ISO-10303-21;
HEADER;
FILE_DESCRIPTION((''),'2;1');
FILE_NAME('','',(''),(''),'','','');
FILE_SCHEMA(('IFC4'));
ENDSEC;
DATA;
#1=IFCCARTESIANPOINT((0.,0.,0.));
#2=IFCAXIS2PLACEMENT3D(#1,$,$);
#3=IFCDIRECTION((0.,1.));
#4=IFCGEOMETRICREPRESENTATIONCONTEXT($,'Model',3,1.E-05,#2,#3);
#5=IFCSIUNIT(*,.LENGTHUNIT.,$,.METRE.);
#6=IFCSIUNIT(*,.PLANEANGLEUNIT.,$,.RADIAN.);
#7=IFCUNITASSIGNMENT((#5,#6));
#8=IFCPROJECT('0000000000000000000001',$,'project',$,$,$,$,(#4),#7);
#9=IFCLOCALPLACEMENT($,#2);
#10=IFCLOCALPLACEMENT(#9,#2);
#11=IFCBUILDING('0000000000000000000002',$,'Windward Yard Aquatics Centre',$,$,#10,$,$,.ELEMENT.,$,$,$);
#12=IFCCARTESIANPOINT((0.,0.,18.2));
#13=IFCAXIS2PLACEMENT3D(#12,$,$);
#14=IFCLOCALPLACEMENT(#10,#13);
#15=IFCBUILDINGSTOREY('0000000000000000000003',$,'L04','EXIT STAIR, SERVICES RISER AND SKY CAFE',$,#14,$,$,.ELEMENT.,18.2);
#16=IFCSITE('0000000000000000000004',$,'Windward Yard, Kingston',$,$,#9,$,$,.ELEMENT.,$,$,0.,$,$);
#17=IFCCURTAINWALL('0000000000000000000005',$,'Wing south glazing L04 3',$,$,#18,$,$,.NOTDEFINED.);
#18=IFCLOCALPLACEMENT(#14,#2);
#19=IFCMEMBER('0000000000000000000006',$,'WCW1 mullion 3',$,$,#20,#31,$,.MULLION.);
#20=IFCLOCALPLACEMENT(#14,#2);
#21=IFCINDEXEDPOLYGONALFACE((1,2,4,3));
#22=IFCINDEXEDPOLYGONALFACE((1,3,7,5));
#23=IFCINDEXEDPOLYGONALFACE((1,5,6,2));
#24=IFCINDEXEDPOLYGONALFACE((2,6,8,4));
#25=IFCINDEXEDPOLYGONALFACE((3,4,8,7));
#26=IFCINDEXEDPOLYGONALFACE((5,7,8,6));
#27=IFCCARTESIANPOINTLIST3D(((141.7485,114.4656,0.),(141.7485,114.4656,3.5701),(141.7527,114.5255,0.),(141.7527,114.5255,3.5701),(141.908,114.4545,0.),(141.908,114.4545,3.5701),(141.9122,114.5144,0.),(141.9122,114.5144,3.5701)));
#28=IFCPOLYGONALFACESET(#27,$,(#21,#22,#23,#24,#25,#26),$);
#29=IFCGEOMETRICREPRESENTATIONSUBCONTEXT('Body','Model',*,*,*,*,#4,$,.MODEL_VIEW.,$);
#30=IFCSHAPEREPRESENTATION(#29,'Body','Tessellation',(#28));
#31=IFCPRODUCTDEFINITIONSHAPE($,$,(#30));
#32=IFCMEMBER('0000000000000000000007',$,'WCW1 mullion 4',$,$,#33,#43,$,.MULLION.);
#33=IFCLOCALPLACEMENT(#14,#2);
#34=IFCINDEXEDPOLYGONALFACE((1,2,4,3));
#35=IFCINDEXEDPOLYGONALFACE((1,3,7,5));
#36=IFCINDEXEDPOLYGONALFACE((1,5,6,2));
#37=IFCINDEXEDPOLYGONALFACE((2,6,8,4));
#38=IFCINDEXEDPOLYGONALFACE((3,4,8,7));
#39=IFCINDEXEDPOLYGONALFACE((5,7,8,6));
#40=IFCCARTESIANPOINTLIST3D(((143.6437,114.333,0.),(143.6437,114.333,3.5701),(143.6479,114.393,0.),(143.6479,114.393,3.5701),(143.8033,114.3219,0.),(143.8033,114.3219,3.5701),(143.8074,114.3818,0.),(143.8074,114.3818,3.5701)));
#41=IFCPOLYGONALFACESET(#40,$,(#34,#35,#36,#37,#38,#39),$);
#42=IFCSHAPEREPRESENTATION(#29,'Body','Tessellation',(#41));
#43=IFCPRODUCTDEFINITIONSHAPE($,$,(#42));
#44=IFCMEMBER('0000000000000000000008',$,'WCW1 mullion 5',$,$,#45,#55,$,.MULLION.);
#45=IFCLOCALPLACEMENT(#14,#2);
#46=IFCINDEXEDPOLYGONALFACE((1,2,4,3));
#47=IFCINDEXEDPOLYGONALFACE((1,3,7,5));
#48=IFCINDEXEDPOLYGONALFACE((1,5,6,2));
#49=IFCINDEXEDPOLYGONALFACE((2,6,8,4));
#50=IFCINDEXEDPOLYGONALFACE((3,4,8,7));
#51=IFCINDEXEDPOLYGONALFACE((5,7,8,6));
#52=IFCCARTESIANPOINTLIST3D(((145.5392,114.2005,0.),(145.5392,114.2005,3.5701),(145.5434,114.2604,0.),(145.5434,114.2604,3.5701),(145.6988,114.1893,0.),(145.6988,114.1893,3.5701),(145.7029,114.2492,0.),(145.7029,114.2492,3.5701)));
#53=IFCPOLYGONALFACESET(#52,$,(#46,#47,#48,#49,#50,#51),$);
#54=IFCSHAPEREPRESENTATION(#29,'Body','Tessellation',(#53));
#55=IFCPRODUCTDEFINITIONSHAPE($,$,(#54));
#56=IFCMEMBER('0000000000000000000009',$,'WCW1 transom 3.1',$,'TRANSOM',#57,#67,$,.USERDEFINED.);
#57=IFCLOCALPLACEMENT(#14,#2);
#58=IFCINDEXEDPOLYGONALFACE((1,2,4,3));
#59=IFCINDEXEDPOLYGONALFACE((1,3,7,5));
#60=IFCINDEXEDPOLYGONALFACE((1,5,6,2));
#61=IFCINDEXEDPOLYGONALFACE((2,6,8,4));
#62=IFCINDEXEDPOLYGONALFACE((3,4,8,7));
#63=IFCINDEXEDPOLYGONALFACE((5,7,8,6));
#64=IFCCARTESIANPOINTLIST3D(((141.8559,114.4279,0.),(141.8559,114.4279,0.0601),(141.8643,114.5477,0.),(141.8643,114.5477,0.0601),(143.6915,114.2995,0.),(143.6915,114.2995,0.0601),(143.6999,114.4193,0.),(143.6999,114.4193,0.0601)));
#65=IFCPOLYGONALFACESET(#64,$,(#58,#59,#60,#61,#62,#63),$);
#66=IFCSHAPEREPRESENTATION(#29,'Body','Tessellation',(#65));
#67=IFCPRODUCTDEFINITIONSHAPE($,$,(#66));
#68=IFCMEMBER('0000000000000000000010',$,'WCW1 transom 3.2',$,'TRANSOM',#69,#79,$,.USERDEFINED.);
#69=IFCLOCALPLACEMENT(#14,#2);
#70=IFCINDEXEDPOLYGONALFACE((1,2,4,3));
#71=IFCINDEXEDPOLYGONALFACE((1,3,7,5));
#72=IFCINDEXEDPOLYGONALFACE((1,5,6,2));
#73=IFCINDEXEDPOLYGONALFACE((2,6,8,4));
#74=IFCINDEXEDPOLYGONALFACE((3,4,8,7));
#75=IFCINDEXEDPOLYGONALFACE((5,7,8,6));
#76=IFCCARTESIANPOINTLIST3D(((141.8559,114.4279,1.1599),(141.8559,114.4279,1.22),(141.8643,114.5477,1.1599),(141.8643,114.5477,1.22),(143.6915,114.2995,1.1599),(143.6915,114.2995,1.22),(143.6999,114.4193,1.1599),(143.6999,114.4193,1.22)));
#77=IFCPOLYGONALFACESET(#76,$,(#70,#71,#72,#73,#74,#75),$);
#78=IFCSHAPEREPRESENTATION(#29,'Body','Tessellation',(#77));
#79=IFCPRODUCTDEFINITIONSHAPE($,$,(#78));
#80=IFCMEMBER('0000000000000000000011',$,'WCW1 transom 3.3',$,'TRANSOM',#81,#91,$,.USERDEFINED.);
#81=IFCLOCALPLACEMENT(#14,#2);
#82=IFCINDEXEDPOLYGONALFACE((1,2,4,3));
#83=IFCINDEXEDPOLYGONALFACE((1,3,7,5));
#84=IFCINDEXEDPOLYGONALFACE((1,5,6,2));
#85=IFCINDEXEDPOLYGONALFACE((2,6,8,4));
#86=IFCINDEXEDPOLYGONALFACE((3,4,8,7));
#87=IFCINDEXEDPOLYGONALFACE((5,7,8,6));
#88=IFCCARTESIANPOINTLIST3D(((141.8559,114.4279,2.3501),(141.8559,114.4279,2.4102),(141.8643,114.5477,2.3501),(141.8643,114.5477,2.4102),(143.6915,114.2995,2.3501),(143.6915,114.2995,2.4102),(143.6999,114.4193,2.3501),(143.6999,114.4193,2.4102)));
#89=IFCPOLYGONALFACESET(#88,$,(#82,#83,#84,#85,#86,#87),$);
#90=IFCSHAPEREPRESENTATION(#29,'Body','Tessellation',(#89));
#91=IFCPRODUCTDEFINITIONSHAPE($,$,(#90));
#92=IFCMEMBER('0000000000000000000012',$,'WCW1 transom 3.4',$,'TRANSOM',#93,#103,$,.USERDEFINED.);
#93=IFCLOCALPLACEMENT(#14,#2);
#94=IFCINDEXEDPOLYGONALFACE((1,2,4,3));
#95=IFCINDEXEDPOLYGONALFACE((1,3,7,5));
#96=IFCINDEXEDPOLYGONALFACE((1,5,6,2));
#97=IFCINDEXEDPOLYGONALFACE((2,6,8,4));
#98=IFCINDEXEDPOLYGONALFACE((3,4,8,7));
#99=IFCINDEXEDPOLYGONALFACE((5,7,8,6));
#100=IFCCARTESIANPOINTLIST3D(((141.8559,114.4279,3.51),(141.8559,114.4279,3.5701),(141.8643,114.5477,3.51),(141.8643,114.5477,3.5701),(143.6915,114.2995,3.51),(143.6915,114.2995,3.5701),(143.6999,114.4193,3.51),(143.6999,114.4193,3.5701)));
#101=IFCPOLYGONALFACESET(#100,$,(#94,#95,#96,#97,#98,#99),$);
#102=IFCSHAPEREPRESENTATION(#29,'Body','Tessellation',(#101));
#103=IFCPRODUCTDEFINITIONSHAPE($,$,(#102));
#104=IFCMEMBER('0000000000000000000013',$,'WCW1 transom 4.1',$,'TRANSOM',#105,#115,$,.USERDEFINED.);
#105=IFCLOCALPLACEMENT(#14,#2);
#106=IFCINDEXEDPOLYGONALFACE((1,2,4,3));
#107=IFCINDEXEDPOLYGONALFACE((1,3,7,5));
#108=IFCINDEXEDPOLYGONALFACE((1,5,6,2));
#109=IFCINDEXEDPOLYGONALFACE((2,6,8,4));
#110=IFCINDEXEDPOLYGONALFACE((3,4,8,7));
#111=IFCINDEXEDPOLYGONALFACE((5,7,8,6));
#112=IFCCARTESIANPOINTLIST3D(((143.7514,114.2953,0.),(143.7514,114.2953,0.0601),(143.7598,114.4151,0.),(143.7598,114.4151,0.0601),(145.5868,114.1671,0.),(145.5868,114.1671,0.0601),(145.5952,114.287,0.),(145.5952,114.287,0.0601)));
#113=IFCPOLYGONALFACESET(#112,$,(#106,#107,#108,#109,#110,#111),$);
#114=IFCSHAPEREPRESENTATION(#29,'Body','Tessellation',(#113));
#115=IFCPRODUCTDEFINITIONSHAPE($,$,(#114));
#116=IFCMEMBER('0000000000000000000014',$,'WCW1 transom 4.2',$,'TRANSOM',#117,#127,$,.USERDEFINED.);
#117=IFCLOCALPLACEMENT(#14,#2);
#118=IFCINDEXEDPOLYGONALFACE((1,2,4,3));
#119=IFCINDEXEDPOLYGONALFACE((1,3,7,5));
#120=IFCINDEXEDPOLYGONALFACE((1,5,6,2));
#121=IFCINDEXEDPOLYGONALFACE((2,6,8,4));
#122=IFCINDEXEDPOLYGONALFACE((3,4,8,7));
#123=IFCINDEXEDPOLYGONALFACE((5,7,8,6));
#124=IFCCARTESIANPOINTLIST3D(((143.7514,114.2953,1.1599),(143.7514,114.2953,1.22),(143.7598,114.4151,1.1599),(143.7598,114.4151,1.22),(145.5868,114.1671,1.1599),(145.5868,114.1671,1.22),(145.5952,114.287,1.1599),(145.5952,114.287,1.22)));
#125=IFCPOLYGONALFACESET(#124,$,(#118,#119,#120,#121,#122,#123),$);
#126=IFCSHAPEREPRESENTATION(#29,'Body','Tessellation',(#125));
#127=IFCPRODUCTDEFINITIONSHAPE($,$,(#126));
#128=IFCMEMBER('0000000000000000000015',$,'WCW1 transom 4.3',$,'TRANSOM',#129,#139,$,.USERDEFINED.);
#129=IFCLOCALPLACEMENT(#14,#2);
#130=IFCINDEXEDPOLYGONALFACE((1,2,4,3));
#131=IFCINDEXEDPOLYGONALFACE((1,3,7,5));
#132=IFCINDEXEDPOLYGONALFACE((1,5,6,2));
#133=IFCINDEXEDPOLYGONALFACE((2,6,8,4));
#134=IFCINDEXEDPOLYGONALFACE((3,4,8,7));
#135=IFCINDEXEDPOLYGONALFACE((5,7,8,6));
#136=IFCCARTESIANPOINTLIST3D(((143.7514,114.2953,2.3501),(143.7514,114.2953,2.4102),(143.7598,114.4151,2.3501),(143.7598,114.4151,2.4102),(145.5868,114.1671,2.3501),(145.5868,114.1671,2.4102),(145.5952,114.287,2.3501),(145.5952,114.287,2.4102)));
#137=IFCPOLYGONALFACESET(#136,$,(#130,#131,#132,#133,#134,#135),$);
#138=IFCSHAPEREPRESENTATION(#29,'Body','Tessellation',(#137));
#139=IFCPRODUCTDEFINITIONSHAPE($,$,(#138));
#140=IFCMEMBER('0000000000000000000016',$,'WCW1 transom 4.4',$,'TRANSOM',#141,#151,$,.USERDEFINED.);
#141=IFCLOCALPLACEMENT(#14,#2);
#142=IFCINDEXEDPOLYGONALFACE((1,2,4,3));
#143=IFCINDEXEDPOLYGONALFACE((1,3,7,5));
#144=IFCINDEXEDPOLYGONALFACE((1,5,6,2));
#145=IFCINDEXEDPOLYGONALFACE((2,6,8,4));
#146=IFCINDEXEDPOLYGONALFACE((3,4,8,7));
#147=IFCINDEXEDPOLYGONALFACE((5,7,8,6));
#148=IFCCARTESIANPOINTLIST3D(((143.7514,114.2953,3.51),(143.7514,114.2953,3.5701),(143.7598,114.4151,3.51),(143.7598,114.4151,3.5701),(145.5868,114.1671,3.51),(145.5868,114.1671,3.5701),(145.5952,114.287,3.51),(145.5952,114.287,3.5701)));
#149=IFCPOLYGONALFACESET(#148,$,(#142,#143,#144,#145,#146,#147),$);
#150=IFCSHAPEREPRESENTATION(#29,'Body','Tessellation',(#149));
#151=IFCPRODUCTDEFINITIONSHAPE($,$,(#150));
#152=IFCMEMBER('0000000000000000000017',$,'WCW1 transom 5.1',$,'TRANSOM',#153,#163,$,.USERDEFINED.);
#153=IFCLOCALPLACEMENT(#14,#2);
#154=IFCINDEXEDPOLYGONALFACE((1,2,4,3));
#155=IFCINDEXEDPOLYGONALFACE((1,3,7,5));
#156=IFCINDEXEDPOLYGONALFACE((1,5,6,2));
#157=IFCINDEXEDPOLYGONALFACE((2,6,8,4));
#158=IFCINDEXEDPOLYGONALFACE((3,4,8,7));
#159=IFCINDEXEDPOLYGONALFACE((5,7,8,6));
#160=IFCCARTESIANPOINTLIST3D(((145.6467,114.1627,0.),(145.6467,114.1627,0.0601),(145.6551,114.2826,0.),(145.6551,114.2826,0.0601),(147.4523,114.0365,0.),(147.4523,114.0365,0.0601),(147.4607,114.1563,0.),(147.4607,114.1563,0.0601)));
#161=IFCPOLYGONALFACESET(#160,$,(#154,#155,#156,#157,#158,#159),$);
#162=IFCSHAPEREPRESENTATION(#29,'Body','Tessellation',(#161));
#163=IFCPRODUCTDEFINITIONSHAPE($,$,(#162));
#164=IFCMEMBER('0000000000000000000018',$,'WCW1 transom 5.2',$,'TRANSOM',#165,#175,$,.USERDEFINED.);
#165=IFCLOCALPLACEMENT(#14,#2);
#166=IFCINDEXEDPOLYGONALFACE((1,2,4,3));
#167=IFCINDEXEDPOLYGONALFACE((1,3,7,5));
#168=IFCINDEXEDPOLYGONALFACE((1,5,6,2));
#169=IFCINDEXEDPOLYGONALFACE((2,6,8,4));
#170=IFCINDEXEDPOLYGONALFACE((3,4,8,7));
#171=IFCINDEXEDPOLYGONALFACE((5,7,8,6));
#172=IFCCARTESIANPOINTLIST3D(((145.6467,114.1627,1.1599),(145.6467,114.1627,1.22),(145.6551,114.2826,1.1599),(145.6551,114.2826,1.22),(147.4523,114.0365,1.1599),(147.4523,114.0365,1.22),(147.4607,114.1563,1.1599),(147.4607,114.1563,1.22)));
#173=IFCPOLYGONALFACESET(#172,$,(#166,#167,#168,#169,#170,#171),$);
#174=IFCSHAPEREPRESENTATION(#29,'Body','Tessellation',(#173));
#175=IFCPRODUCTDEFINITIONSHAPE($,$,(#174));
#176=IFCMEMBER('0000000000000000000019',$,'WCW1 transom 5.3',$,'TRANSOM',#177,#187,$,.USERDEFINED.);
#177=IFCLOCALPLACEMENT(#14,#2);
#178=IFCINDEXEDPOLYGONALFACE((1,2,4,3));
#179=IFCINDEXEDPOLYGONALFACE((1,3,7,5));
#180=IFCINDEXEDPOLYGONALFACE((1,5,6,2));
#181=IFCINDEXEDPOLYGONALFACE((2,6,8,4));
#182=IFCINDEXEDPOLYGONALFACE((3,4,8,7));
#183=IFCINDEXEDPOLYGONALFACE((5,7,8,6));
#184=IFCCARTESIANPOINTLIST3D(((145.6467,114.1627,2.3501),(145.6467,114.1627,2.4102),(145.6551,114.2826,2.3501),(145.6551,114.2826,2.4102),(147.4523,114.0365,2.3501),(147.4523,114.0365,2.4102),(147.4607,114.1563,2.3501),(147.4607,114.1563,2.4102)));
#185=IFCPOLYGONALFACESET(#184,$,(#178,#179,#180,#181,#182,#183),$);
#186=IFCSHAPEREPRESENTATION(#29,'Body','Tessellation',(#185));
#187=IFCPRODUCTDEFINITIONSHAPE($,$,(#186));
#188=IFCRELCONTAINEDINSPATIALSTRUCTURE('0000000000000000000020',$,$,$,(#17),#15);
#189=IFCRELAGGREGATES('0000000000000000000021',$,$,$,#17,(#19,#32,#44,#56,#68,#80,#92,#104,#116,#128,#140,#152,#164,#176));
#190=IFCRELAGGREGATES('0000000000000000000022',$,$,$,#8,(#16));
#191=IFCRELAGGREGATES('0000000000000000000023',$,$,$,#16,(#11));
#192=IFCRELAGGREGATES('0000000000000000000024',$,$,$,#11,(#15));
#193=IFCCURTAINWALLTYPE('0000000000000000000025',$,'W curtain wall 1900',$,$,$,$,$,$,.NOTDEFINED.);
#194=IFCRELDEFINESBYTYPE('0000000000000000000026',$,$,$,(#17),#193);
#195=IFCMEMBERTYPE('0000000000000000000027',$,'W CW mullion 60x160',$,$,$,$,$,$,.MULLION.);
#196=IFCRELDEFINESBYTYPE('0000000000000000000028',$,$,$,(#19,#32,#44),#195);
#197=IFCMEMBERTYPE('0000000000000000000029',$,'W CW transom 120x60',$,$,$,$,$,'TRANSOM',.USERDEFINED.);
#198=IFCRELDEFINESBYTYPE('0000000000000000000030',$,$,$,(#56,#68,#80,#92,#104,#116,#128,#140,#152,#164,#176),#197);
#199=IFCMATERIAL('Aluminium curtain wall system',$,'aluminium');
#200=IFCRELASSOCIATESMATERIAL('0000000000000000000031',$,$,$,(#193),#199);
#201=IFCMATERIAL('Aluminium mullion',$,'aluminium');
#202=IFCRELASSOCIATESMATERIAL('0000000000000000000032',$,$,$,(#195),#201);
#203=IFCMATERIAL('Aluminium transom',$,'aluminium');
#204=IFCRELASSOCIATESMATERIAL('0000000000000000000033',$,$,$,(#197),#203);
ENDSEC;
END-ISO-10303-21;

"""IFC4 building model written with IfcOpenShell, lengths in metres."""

from ifc_helpers import new_model, si_unit, direction, frame, origin, origin_2d, place, context, subcontext, project, spatial, rectangle, extrude, material, material_profile, profile_set, type_object, element, aggregate, save


model = new_model("IFC4")

# Units and contexts
model_context = context("Model", 3, precision=1e-05, world=origin(), true_north=direction((0.0, 1.0)))
body_context = subcontext(model_context, "Body", "Model", "MODEL_VIEW")
ifc_project = project(units=[si_unit("LENGTHUNIT", "METRE"), si_unit("PLANEANGLEUNIT", "RADIAN")], contexts=[model_context])

# Site, building, storey
site_placement = place(None, origin())
site = spatial("IfcSite", under=ifc_project, at=site_placement, Name="Windward Yard, Kingston", CompositionType="ELEMENT", RefElevation=0.0)
building_placement = place(site_placement, origin())
building = spatial("IfcBuilding", under=site, at=building_placement, Name="Windward Yard Aquatics Centre", CompositionType="ELEMENT")
storey_placement = place(building_placement, frame((0.0, 0.0, 18.2)))
storey = spatial("IfcBuildingStorey", under=building, at=storey_placement, Name="L04", Description="EXIT STAIR, SERVICES RISER AND SKY CAFE", CompositionType="ELEMENT", Elevation=18.2)

# Curtain wall, members
ifc_material_1 = material(Name="Aluminium curtain wall system", Category="aluminium")
curtain_wall_type = type_object("IfcCurtainWallType", Name="W curtain wall 1900", PredefinedType="NOTDEFINED", material=ifc_material_1)
curtain_wall_placement = place(storey_placement, origin())
curtain_wall = element("IfcCurtainWall", 1, at=curtain_wall_placement, inside=storey, type_object=curtain_wall_type, Name="Wing south glazing L04 3", PredefinedType="NOTDEFINED")
ifc_material_2 = material(Name="Aluminium mullion", Category="aluminium")
ifc_material_profile_1 = material_profile(ifc_material_2, rectangle(XDim=0.0601, YDim=0.1599, at=origin_2d()), Name="AL 60x160")
ifc_profile_set_1 = profile_set([ifc_material_profile_1], Name="Aluminium mullion")
member_type_1 = type_object("IfcMemberType", Name="W CW mullion 60x160", PredefinedType="MULLION", material=ifc_profile_set_1)
member_1_placement = place(storey_placement, frame((141.8303, 114.49, 0.0), z_axis=(0.0, 0.0, 1.0), x_axis=(0.069758, 0.997564, 0.0)))
member_1 = element("IfcMember", 2, at=member_1_placement, type_object=member_type_1, Name="WCW1 mullion 3", PredefinedType="MULLION", context=body_context, shape_type="SweptSolid", body=[
    extrude(rectangle(XDim=0.0601, YDim=0.1599, at=origin_2d()), origin(), (0.0, 0.0, 1.0), 3.5701),
])
member_2_placement = place(storey_placement, frame((143.7256, 114.3574, 0.0), z_axis=(0.0, 0.0, 1.0), x_axis=(0.069758, 0.997564, 0.0)))
member_2 = element("IfcMember", 3, at=member_2_placement, type_object=member_type_1, Name="WCW1 mullion 4", PredefinedType="MULLION", context=body_context, shape_type="SweptSolid", body=[
    extrude(rectangle(XDim=0.0601, YDim=0.1599, at=origin_2d()), origin(), (0.0, 0.0, 1.0), 3.5701),
])
member_3_placement = place(storey_placement, frame((145.6211, 114.2249, 0.0), z_axis=(0.0, 0.0, 1.0), x_axis=(0.069758, 0.997564, 0.0)))
member_3 = element("IfcMember", 4, at=member_3_placement, type_object=member_type_1, Name="WCW1 mullion 5", PredefinedType="MULLION", context=body_context, shape_type="SweptSolid", body=[
    extrude(rectangle(XDim=0.0601, YDim=0.1599, at=origin_2d()), origin(), (0.0, 0.0, 1.0), 3.5701),
])
ifc_material_3 = material(Name="Aluminium transom", Category="aluminium")
ifc_material_profile_2 = material_profile(ifc_material_3, rectangle(XDim=0.1201, YDim=0.0601, at=origin_2d()), Name="AL 120x60")
ifc_profile_set_2 = profile_set([ifc_material_profile_2], Name="Aluminium transom")
member_type_2 = type_object("IfcMemberType", Name="W CW transom 120x60", ElementType="TRANSOM", PredefinedType="USERDEFINED", material=ifc_profile_set_2)
member_4_placement = place(storey_placement, frame((141.8601, 114.4878, 0.03), z_axis=(0.997562, -0.069786, 0.0), x_axis=(0.069786, 0.997562, 0.0)))
member_4 = element("IfcMember", 5, at=member_4_placement, type_object=member_type_2, Name="WCW1 transom 3.1", ObjectType="TRANSOM", PredefinedType="USERDEFINED", context=body_context, shape_type="SweptSolid", body=[
    extrude(rectangle(XDim=0.1201, YDim=0.0601, at=origin_2d()), origin(), (0.0, 0.0, 1.0), 1.8401),
])
member_5_placement = place(storey_placement, frame((141.8601, 114.4878, 1.1899), z_axis=(0.997562, -0.069786, 0.0), x_axis=(0.069786, 0.997562, 0.0)))
member_5 = element("IfcMember", 6, at=member_5_placement, type_object=member_type_2, Name="WCW1 transom 3.2", ObjectType="TRANSOM", PredefinedType="USERDEFINED", context=body_context, shape_type="SweptSolid", body=[
    extrude(rectangle(XDim=0.1201, YDim=0.0601, at=origin_2d()), origin(), (0.0, 0.0, 1.0), 1.8401),
])
member_6_placement = place(storey_placement, frame((141.8601, 114.4878, 2.3801), z_axis=(0.997562, -0.069786, 0.0), x_axis=(0.069786, 0.997562, 0.0)))
member_6 = element("IfcMember", 7, at=member_6_placement, type_object=member_type_2, Name="WCW1 transom 3.3", ObjectType="TRANSOM", PredefinedType="USERDEFINED", context=body_context, shape_type="SweptSolid", body=[
    extrude(rectangle(XDim=0.1201, YDim=0.0601, at=origin_2d()), origin(), (0.0, 0.0, 1.0), 1.8401),
])
member_7_placement = place(storey_placement, frame((141.8601, 114.4878, 3.54), z_axis=(0.997562, -0.069786, 0.0), x_axis=(0.069786, 0.997562, 0.0)))
member_7 = element("IfcMember", 8, at=member_7_placement, type_object=member_type_2, Name="WCW1 transom 3.4", ObjectType="TRANSOM", PredefinedType="USERDEFINED", context=body_context, shape_type="SweptSolid", body=[
    extrude(rectangle(XDim=0.1201, YDim=0.0601, at=origin_2d()), origin(), (0.0, 0.0, 1.0), 1.8401),
])
member_8_placement = place(storey_placement, frame((143.7556, 114.3552, 0.03), z_axis=(0.997571, -0.069663, 0.0), x_axis=(0.069663, 0.997571, 0.0)))
member_8 = element("IfcMember", 9, at=member_8_placement, type_object=member_type_2, Name="WCW1 transom 4.1", ObjectType="TRANSOM", PredefinedType="USERDEFINED", context=body_context, shape_type="SweptSolid", body=[
    extrude(rectangle(XDim=0.1201, YDim=0.0601, at=origin_2d()), origin(), (0.0, 0.0, 1.0), 1.8398),
])
member_9_placement = place(storey_placement, frame((143.7556, 114.3552, 1.1899), z_axis=(0.997571, -0.069663, 0.0), x_axis=(0.069663, 0.997571, 0.0)))
member_9 = element("IfcMember", 10, at=member_9_placement, type_object=member_type_2, Name="WCW1 transom 4.2", ObjectType="TRANSOM", PredefinedType="USERDEFINED", context=body_context, shape_type="SweptSolid", body=[
    extrude(rectangle(XDim=0.1201, YDim=0.0601, at=origin_2d()), origin(), (0.0, 0.0, 1.0), 1.8398),
])
member_10_placement = place(storey_placement, frame((143.7556, 114.3552, 2.3801), z_axis=(0.997571, -0.069663, 0.0), x_axis=(0.069663, 0.997571, 0.0)))
member_10 = element("IfcMember", 11, at=member_10_placement, type_object=member_type_2, Name="WCW1 transom 4.3", ObjectType="TRANSOM", PredefinedType="USERDEFINED", context=body_context, shape_type="SweptSolid", body=[
    extrude(rectangle(XDim=0.1201, YDim=0.0601, at=origin_2d()), origin(), (0.0, 0.0, 1.0), 1.8398),
])
member_11_placement = place(storey_placement, frame((143.7556, 114.3552, 3.54), z_axis=(0.997571, -0.069663, 0.0), x_axis=(0.069663, 0.997571, 0.0)))
member_11 = element("IfcMember", 12, at=member_11_placement, type_object=member_type_2, Name="WCW1 transom 4.4", ObjectType="TRANSOM", PredefinedType="USERDEFINED", context=body_context, shape_type="SweptSolid", body=[
    extrude(rectangle(XDim=0.1201, YDim=0.0601, at=origin_2d()), origin(), (0.0, 0.0, 1.0), 1.8398),
])
member_12_placement = place(storey_placement, frame((145.6509, 114.2227, 0.03), z_axis=(0.997566, -0.069732, 0.0), x_axis=(0.069732, 0.997566, 0.0)))
member_12 = element("IfcMember", 13, at=member_12_placement, type_object=member_type_2, Name="WCW1 transom 5.1", ObjectType="TRANSOM", PredefinedType="USERDEFINED", context=body_context, shape_type="SweptSolid", body=[
    extrude(rectangle(XDim=0.1201, YDim=0.0601, at=origin_2d()), origin(), (0.0, 0.0, 1.0), 1.8101),
])
member_13_placement = place(storey_placement, frame((145.6509, 114.2227, 1.1899), z_axis=(0.997566, -0.069732, 0.0), x_axis=(0.069732, 0.997566, 0.0)))
member_13 = element("IfcMember", 14, at=member_13_placement, type_object=member_type_2, Name="WCW1 transom 5.2", ObjectType="TRANSOM", PredefinedType="USERDEFINED", context=body_context, shape_type="SweptSolid", body=[
    extrude(rectangle(XDim=0.1201, YDim=0.0601, at=origin_2d()), origin(), (0.0, 0.0, 1.0), 1.8101),
])
member_14_placement = place(storey_placement, frame((145.6509, 114.2227, 2.3801), z_axis=(0.997566, -0.069732, 0.0), x_axis=(0.069732, 0.997566, 0.0)))
member_14 = element("IfcMember", 15, at=member_14_placement, type_object=member_type_2, Name="WCW1 transom 5.3", ObjectType="TRANSOM", PredefinedType="USERDEFINED", context=body_context, shape_type="SweptSolid", body=[
    extrude(rectangle(XDim=0.1201, YDim=0.0601, at=origin_2d()), origin(), (0.0, 0.0, 1.0), 1.8101),
])
aggregate(curtain_wall, [member_1, member_2, member_3, member_4, member_5, member_6, member_7, member_8, member_9, member_10, member_11, member_12, member_13, member_14])

save(model, "model.ifc")
